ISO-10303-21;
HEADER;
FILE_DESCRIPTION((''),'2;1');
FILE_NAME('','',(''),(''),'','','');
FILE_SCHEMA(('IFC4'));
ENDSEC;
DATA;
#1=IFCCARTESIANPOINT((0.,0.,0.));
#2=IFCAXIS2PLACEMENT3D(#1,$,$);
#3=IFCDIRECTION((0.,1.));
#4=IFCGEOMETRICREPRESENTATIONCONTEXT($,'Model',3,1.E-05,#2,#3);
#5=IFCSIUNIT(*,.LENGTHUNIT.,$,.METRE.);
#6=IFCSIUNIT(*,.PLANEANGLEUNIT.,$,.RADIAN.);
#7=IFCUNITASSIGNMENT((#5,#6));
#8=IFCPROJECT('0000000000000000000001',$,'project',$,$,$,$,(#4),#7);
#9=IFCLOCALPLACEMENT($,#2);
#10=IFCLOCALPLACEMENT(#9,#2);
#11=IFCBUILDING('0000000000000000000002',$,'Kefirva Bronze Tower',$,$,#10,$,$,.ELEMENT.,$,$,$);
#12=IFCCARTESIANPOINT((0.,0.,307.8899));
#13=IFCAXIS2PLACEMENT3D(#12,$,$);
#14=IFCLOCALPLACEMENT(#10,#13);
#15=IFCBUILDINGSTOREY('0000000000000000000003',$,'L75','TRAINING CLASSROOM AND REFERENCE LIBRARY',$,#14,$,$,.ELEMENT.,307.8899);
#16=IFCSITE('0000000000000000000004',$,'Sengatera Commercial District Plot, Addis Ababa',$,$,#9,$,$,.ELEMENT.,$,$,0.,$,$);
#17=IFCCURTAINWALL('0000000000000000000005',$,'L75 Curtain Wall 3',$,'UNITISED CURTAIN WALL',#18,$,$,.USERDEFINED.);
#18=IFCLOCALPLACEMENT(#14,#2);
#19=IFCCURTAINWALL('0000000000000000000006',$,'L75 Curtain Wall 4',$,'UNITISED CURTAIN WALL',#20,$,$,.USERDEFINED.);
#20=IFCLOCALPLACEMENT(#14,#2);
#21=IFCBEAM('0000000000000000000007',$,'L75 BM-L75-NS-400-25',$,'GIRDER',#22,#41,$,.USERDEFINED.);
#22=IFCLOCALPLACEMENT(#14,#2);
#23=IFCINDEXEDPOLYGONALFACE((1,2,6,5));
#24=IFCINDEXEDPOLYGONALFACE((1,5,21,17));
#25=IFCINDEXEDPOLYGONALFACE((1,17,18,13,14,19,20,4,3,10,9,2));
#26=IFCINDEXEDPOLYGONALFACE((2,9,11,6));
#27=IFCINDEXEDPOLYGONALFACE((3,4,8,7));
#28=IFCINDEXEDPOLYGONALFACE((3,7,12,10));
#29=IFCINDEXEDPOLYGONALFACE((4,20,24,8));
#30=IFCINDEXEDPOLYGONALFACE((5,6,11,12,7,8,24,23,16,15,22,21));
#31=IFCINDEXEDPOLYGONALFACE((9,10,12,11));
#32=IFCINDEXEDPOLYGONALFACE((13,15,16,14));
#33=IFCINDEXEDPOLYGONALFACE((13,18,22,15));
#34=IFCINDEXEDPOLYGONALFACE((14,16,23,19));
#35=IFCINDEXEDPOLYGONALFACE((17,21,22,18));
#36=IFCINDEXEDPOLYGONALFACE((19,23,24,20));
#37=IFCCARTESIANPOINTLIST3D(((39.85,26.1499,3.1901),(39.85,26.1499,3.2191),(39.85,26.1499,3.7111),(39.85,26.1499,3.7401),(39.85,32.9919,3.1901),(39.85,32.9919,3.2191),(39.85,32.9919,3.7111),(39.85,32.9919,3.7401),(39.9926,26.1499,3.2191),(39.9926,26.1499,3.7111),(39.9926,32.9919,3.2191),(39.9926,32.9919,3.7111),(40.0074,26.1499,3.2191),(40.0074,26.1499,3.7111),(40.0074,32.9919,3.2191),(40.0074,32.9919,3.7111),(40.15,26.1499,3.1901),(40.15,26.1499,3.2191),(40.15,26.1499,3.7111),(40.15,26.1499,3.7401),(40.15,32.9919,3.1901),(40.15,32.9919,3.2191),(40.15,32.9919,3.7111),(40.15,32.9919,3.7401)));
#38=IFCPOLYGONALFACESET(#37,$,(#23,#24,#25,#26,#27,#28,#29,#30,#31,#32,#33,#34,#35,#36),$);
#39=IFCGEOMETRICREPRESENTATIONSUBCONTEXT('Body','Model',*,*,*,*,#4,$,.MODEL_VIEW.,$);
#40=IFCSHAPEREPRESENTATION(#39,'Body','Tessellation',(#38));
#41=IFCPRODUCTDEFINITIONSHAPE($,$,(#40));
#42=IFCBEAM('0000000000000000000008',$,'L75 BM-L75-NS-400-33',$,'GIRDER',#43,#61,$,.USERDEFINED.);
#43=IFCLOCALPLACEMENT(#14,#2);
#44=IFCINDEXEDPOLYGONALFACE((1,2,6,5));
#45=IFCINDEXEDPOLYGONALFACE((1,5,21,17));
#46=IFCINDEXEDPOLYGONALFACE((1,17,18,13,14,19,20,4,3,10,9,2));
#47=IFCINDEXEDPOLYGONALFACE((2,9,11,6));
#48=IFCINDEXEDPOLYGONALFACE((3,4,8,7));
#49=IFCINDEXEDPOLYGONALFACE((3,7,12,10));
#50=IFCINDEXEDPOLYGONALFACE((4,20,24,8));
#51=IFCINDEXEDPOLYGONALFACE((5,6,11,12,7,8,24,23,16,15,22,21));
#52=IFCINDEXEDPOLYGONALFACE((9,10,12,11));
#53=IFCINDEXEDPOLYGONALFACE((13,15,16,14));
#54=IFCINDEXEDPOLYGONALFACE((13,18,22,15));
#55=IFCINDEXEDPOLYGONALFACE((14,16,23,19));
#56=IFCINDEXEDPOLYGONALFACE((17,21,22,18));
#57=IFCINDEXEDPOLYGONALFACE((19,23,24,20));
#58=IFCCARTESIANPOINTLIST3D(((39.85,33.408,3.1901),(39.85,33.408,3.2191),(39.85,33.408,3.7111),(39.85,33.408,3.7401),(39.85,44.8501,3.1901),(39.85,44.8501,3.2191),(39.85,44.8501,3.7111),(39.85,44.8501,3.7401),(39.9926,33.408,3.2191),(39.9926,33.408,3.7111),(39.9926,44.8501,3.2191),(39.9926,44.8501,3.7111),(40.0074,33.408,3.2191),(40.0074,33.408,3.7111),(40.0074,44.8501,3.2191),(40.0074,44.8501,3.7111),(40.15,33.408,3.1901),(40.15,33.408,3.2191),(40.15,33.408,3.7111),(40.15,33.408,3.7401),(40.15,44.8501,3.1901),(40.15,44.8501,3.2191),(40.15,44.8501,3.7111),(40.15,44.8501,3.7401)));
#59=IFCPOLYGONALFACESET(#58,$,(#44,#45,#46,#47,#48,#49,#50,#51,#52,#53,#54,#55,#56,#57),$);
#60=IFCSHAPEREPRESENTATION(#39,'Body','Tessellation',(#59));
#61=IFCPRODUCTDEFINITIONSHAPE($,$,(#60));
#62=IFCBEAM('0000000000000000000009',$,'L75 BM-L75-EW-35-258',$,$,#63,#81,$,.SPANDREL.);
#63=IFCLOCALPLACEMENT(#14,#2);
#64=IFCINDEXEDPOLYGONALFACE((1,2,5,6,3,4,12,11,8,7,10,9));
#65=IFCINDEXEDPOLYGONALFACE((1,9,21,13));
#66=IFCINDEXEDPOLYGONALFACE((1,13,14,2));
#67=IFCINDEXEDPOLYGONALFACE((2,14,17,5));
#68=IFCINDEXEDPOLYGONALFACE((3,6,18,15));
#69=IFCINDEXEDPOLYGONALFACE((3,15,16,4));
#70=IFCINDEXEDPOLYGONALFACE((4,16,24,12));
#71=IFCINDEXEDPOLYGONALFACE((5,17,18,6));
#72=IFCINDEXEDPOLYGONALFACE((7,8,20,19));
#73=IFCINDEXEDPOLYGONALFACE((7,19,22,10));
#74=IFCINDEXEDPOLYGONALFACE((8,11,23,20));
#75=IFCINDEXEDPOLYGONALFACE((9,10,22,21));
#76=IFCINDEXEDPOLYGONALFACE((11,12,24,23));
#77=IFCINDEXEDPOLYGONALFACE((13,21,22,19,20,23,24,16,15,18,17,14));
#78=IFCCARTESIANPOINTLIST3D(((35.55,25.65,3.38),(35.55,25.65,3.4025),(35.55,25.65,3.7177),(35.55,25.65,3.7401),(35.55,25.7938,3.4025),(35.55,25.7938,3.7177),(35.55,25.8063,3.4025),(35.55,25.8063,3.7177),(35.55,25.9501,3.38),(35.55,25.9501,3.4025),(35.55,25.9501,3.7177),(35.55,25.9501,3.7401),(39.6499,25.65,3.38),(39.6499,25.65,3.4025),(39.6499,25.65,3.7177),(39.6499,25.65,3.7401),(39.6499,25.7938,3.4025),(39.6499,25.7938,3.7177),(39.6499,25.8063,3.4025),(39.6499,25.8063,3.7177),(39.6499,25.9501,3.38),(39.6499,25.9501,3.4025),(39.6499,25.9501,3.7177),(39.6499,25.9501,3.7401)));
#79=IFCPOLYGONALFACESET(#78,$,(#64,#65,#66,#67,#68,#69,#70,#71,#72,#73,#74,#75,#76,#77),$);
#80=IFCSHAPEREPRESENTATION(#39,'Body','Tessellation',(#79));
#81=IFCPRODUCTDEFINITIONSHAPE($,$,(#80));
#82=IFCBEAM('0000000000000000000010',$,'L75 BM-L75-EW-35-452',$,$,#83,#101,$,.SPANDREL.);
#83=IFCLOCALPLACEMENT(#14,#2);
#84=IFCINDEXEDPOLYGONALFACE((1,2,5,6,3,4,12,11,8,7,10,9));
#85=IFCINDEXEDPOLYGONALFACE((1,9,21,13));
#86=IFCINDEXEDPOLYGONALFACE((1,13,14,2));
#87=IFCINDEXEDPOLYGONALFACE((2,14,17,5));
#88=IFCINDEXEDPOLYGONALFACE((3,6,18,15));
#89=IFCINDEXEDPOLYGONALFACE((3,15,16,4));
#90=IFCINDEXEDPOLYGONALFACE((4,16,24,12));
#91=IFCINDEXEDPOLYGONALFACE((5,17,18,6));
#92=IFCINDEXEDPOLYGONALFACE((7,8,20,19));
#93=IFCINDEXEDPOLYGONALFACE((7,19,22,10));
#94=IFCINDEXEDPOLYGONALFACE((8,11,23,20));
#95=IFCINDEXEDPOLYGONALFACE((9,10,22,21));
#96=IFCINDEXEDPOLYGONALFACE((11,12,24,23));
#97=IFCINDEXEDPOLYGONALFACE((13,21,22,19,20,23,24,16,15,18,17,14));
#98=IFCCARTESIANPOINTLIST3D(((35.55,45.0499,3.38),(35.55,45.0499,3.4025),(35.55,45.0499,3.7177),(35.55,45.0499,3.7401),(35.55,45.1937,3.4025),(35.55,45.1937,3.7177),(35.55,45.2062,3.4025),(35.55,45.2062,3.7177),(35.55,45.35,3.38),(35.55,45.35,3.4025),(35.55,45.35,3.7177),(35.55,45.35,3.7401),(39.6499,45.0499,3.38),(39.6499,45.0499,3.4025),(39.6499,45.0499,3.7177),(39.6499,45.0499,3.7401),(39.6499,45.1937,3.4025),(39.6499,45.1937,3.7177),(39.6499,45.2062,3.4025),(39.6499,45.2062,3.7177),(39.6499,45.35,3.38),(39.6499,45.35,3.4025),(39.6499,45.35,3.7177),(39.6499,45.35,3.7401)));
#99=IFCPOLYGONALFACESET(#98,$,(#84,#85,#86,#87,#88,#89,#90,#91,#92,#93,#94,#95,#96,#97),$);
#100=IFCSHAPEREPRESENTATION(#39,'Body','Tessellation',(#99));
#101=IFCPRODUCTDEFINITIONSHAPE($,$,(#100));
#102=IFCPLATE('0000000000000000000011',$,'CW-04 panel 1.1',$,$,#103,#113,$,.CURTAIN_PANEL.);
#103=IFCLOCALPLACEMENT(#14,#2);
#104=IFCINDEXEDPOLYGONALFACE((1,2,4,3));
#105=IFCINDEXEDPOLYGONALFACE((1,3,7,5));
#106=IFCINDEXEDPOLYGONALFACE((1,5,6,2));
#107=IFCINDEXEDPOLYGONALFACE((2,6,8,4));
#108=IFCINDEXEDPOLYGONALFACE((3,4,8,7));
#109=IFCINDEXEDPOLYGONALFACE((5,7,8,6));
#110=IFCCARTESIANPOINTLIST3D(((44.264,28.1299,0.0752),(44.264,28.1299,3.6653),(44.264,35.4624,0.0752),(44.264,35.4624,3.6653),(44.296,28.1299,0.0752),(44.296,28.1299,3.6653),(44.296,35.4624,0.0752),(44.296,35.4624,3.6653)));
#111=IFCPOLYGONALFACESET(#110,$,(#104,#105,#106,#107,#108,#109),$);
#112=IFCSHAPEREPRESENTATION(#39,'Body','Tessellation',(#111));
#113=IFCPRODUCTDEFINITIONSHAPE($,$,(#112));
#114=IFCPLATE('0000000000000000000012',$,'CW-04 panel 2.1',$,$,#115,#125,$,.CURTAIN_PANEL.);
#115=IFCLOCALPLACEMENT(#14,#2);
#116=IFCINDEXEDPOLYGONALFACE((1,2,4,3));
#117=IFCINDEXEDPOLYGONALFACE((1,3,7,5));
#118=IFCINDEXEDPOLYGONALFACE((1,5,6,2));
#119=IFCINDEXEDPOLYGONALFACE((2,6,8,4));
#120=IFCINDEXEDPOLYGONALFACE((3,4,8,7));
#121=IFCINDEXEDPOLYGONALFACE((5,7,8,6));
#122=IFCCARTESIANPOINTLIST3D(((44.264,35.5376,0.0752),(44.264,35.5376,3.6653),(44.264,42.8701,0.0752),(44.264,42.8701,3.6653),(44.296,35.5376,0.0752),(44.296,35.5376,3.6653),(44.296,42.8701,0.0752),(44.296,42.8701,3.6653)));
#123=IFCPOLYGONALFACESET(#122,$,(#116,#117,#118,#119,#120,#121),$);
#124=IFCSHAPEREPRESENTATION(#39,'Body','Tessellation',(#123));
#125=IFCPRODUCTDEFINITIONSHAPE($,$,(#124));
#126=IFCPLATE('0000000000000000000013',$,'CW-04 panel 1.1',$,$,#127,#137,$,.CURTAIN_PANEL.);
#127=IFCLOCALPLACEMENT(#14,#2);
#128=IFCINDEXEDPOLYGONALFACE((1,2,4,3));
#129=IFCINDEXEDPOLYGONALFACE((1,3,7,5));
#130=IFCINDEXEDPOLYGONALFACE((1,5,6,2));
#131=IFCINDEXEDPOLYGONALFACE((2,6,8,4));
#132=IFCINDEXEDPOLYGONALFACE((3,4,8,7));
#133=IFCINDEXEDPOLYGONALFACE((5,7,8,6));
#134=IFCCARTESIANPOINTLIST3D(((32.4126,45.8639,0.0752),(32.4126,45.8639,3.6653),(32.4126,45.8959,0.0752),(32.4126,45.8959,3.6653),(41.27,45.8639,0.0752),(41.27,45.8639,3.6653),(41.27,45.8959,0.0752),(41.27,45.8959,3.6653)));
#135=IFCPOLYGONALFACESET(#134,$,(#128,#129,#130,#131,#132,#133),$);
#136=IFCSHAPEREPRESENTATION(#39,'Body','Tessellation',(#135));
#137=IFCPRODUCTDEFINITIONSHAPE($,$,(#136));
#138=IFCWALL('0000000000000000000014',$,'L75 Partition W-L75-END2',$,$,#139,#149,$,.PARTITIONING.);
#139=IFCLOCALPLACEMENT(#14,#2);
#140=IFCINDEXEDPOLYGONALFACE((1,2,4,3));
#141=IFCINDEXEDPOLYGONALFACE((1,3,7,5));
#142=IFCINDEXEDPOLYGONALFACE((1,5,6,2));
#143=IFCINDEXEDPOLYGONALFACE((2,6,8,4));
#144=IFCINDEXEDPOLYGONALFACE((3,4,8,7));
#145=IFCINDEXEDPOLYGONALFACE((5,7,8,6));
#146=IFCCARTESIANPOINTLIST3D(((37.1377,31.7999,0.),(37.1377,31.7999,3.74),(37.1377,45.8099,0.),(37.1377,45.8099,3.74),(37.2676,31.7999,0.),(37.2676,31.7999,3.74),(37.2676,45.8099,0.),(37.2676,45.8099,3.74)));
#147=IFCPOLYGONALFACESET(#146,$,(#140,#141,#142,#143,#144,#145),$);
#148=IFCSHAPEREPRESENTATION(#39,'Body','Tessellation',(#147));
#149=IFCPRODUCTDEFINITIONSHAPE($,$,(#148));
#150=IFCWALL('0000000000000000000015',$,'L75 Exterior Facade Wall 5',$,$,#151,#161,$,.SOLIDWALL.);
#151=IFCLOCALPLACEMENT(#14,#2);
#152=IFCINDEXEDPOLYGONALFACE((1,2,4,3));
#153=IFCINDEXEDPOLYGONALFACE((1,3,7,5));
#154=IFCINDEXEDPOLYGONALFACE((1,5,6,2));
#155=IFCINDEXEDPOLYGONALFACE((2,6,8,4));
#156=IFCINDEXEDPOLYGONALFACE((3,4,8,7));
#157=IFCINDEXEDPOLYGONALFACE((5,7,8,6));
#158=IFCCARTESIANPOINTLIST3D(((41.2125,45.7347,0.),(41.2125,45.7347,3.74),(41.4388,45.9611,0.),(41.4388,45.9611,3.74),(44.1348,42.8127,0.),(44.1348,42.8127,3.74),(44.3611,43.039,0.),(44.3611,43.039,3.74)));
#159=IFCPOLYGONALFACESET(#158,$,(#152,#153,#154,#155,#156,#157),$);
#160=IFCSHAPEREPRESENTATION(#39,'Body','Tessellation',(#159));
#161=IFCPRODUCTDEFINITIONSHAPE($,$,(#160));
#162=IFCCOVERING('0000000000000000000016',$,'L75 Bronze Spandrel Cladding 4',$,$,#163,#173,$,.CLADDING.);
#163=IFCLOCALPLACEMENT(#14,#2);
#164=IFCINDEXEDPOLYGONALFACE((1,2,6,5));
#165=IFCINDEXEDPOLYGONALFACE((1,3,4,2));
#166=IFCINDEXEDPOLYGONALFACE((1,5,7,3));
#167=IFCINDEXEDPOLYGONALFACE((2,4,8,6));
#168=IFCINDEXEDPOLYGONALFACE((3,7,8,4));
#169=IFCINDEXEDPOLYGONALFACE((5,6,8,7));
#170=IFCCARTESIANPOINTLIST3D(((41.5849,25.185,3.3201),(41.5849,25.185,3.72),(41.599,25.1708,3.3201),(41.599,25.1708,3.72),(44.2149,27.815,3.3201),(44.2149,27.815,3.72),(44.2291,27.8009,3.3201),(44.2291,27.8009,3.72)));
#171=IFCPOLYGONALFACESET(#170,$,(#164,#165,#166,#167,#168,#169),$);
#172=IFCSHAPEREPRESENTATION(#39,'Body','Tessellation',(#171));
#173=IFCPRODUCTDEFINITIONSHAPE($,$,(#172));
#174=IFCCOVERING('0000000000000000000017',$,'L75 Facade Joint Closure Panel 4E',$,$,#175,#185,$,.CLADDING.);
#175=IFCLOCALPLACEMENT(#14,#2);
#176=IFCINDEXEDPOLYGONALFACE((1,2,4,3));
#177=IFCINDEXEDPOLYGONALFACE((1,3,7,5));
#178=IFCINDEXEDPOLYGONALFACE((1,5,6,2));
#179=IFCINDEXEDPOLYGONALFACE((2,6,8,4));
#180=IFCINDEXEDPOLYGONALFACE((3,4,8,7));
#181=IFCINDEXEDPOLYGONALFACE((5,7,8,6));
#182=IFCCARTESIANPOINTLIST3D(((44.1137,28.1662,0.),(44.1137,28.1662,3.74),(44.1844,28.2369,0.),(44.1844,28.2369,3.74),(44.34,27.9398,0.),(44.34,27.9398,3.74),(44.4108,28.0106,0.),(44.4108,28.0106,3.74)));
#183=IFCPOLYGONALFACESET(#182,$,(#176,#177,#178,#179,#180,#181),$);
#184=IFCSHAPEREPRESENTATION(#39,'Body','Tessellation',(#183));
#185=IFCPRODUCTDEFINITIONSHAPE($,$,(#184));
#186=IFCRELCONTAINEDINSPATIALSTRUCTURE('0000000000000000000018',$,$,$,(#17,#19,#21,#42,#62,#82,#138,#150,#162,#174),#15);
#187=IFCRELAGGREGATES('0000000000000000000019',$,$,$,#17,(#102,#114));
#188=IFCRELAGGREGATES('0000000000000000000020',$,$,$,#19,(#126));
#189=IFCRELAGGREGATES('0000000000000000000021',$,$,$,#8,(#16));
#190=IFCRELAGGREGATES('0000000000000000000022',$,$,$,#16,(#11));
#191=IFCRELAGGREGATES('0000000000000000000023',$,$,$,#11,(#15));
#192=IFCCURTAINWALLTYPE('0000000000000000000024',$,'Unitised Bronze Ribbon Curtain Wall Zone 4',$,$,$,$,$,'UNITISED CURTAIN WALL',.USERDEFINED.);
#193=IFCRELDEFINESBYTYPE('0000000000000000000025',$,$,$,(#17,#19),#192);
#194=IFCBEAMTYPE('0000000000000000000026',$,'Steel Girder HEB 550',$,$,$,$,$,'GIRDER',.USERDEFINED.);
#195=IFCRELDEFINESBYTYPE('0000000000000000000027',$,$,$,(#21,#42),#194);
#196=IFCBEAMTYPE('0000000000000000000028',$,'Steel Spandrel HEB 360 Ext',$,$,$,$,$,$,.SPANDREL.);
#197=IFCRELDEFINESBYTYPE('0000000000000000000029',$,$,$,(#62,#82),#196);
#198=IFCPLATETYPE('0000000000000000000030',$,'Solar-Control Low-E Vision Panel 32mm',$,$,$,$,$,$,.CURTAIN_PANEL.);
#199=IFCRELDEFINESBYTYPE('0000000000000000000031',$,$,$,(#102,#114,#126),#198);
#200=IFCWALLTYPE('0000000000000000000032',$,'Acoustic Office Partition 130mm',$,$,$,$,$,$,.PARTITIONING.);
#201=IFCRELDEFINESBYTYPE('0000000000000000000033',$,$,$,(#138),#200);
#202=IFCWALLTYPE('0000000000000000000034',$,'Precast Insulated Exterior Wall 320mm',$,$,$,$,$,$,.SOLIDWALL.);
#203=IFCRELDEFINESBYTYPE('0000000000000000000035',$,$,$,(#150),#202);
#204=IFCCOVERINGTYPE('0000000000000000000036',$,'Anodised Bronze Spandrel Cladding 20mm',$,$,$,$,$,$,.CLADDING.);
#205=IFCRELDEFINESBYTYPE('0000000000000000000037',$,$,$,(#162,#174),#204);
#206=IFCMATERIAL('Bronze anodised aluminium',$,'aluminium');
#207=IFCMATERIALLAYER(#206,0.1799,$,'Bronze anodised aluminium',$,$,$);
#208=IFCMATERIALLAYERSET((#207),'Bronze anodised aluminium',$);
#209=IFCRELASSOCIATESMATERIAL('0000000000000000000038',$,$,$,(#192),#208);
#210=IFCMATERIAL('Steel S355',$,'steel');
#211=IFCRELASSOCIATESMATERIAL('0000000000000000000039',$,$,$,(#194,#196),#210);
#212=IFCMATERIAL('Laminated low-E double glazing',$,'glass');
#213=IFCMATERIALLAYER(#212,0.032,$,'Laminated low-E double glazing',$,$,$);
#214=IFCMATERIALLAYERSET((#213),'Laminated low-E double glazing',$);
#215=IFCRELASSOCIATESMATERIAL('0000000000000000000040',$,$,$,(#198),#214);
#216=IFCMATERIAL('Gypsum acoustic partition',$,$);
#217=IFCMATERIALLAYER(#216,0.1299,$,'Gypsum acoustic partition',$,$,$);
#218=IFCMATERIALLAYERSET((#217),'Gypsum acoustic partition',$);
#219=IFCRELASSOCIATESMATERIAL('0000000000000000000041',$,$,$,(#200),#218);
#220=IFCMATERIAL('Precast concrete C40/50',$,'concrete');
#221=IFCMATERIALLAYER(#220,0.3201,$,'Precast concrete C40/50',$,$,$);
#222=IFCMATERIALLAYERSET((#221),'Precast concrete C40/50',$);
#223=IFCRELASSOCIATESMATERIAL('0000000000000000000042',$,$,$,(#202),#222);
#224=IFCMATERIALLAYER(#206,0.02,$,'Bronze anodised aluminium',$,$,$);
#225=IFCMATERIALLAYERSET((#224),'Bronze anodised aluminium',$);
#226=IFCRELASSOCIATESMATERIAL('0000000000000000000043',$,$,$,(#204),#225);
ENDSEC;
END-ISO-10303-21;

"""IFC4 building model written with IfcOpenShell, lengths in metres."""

from ifc_helpers import new_model, si_unit, direction, frame, frame_2d, origin, origin_2d, place, context, subcontext, project, spatial, rectangle, i_section, extrude, material, layer, layer_set, material_profile, profile_set, type_object, element, aggregate, save


model = new_model("IFC4")

# Units and contexts
model_context = context("Model", 3, precision=1e-05, world=origin(), true_north=direction((0.0, 1.0)))
body_context = subcontext(model_context, "Body", "Model", "MODEL_VIEW")
ifc_project = project(units=[si_unit("LENGTHUNIT", "METRE"), si_unit("PLANEANGLEUNIT", "RADIAN")], contexts=[model_context])

# Site, building, storey
site_placement = place(None, origin())
site = spatial("IfcSite", under=ifc_project, at=site_placement, Name="Sengatera Commercial District Plot, Addis Ababa", CompositionType="ELEMENT", RefElevation=0.0)
building_placement = place(site_placement, origin())
building = spatial("IfcBuilding", under=site, at=building_placement, Name="Kefirva Bronze Tower", CompositionType="ELEMENT")
storey_placement = place(building_placement, frame((0.0, 0.0, 307.8899)))
storey = spatial("IfcBuildingStorey", under=building, at=storey_placement, Name="L75", Description="TRAINING CLASSROOM AND REFERENCE LIBRARY", CompositionType="ELEMENT", Elevation=307.8899)

# Curtain wall
ifc_material_1 = material(Name="Bronze anodised aluminium", Category="aluminium")
ifc_layer_1 = layer(ifc_material_1, 0.1799, Name="Bronze anodised aluminium")
ifc_layer_set_1 = layer_set([ifc_layer_1], Name="Bronze anodised aluminium")
curtain_wall_type = type_object("IfcCurtainWallType", Name="Unitised Bronze Ribbon Curtain Wall Zone 4", ElementType="UNITISED CURTAIN WALL", PredefinedType="USERDEFINED", material=ifc_layer_set_1)
curtain_wall_1_placement = place(storey_placement, origin())
curtain_wall_1 = element("IfcCurtainWall", 1, at=curtain_wall_1_placement, inside=storey, type_object=curtain_wall_type, Name="L75 Curtain Wall 3", ObjectType="UNITISED CURTAIN WALL", PredefinedType="USERDEFINED")

# Curtain wall
curtain_wall_2_placement = place(storey_placement, origin())
curtain_wall_2 = element("IfcCurtainWall", 2, at=curtain_wall_2_placement, inside=storey, type_object=curtain_wall_type, Name="L75 Curtain Wall 4", ObjectType="UNITISED CURTAIN WALL", PredefinedType="USERDEFINED")

# Beams
ifc_material_2 = material(Name="Steel S355", Category="steel")
ifc_material_profile_1 = material_profile(ifc_material_2, i_section(OverallWidth=0.3, OverallDepth=0.55, WebThickness=0.0149, FlangeThickness=0.0291, at=origin_2d()), Name="HEB 550")
ifc_profile_set_1 = profile_set([ifc_material_profile_1], Name="Steel S355")
beam_type_1 = type_object("IfcBeamType", Name="Steel Girder HEB 550", ElementType="GIRDER", PredefinedType="USERDEFINED", material=ifc_profile_set_1)
beam_1_placement = place(storey_placement, frame((40.0, 26.1499, 3.4651), z_axis=(0.0, 1.0, 0.0), x_axis=(-1.0, 0.0, 0.0)))
element("IfcBeam", 3, at=beam_1_placement, inside=storey, type_object=beam_type_1, Name="L75 BM-L75-NS-400-25", ObjectType="GIRDER", PredefinedType="USERDEFINED", context=body_context, shape_type="SweptSolid", body=[
    extrude(i_section(OverallWidth=0.3, OverallDepth=0.55, WebThickness=0.0149, FlangeThickness=0.0291, at=origin_2d()), origin(), (0.0, 0.0, 1.0), 6.842),
])
beam_2_placement = place(storey_placement, frame((40.0, 33.408, 3.4651), z_axis=(0.0, 1.0, 0.0), x_axis=(-1.0, 0.0, 0.0)))
element("IfcBeam", 4, at=beam_2_placement, inside=storey, type_object=beam_type_1, Name="L75 BM-L75-NS-400-33", ObjectType="GIRDER", PredefinedType="USERDEFINED", context=body_context, shape_type="SweptSolid", body=[
    extrude(i_section(OverallWidth=0.3, OverallDepth=0.55, WebThickness=0.0149, FlangeThickness=0.0291, at=origin_2d()), origin(), (0.0, 0.0, 1.0), 11.4421),
])
ifc_material_profile_2 = material_profile(ifc_material_2, i_section(OverallWidth=0.3, OverallDepth=0.3601, WebThickness=0.0125, FlangeThickness=0.0225, at=origin_2d()), Name="HEB 360")
ifc_profile_set_2 = profile_set([ifc_material_profile_2], Name="Steel S355")
beam_type_2 = type_object("IfcBeamType", Name="Steel Spandrel HEB 360 Ext", PredefinedType="SPANDREL", material=ifc_profile_set_2)
for number, where, z_axis, x_axis, name in (
    (5, (35.55, 25.8, 3.5601), (1.0, 0.0, 0.0), (0.0, 1.0, 0.0), "L75 BM-L75-EW-35-258"),
    (6, (35.55, 45.2, 3.5601), (1.0, 0.0, 0.0), (0.0, 1.0, 0.0), "L75 BM-L75-EW-35-452"),
):
    element("IfcBeam", number, at=place(storey_placement, frame(where, z_axis=z_axis, x_axis=x_axis)), inside=storey, type_object=beam_type_2, Name=name, PredefinedType="SPANDREL", context=body_context, shape_type="SweptSolid", body=[
        extrude(i_section(OverallWidth=0.3, OverallDepth=0.3601, WebThickness=0.0125, FlangeThickness=0.0225, at=origin_2d()), origin(), (0.0, 0.0, 1.0), 4.0999),
    ])

# Plates
ifc_material_3 = material(Name="Laminated low-E double glazing", Category="glass")
ifc_layer_2 = layer(ifc_material_3, 0.032, Name="Laminated low-E double glazing")
ifc_layer_set_2 = layer_set([ifc_layer_2], Name="Laminated low-E double glazing")
plate_type = type_object("IfcPlateType", Name="Solar-Control Low-E Vision Panel 32mm", PredefinedType="CURTAIN_PANEL", material=ifc_layer_set_2)
plate_1_placement = place(storey_placement, frame((44.28, 31.7961, 0.0752), z_axis=(0.0, 0.0, 1.0), x_axis=(0.0, 1.0, 0.0)))
plate_1 = element("IfcPlate", 7, at=plate_1_placement, type_object=plate_type, Name="CW-04 panel 1.1", PredefinedType="CURTAIN_PANEL", context=body_context, shape_type="SweptSolid", body=[
    extrude(rectangle(XDim=7.3325, YDim=0.032, at=origin_2d()), origin(), (0.0, 0.0, 1.0), 3.5901),
])
plate_2_placement = place(storey_placement, frame((44.28, 39.2039, 0.0752), z_axis=(0.0, 0.0, 1.0), x_axis=(0.0, 1.0, 0.0)))
plate_2 = element("IfcPlate", 8, at=plate_2_placement, type_object=plate_type, Name="CW-04 panel 2.1", PredefinedType="CURTAIN_PANEL", context=body_context, shape_type="SweptSolid", body=[
    extrude(rectangle(XDim=7.3325, YDim=0.032, at=origin_2d()), origin(), (0.0, 0.0, 1.0), 3.5901),
])
aggregate(curtain_wall_1, [plate_1, plate_2])
plate_3_placement = place(storey_placement, frame((36.8413, 45.8799, 0.0752), z_axis=(0.0, 0.0, 1.0), x_axis=(-1.0, 0.0, 0.0)))
plate_3 = element("IfcPlate", 9, at=plate_3_placement, type_object=plate_type, Name="CW-04 panel 1.1", PredefinedType="CURTAIN_PANEL", context=body_context, shape_type="SweptSolid", body=[
    extrude(rectangle(XDim=8.8574, YDim=0.032, at=origin_2d()), origin(), (0.0, 0.0, 1.0), 3.5901),
])
aggregate(curtain_wall_2, [plate_3])

# Walls
ifc_material_4 = material(Name="Gypsum acoustic partition")
ifc_layer_3 = layer(ifc_material_4, 0.1299, Name="Gypsum acoustic partition")
ifc_layer_set_3 = layer_set([ifc_layer_3], Name="Gypsum acoustic partition")
wall_type_1 = type_object("IfcWallType", Name="Acoustic Office Partition 130mm", PredefinedType="PARTITIONING", material=ifc_layer_set_3)
wall_1_placement = place(storey_placement, frame((37.2026, 31.8, 0.0), z_axis=(0.0, 0.0, 1.0), x_axis=(0.0, 1.0, 0.0)))
element("IfcWall", 10, at=wall_1_placement, inside=storey, type_object=wall_type_1, Name="L75 Partition W-L75-END2", PredefinedType="PARTITIONING", context=body_context, shape_type="SweptSolid", body=[
    extrude(rectangle(XDim=14.01, YDim=0.1299, at=frame_2d((7.0049, 0.0))), origin(), (0.0, 0.0, 1.0), 3.74),
])
ifc_material_5 = material(Name="Precast concrete C40/50", Category="concrete")
ifc_layer_4 = layer(ifc_material_5, 0.3201, Name="Precast concrete C40/50")
ifc_layer_set_4 = layer_set([ifc_layer_4], Name="Precast concrete C40/50")
wall_type_2 = type_object("IfcWallType", Name="Precast Insulated Exterior Wall 320mm", PredefinedType="SOLIDWALL", material=ifc_layer_set_4)
wall_2_placement = place(storey_placement, frame((44.248, 42.9258, 0.0), z_axis=(0.0, 0.0, 1.0), x_axis=(-0.707136, 0.707077, 0.0)))
element("IfcWall", 11, at=wall_2_placement, inside=storey, type_object=wall_type_2, Name="L75 Exterior Facade Wall 5", PredefinedType="SOLIDWALL", context=body_context, shape_type="SweptSolid", body=[
    extrude(rectangle(XDim=4.1326, YDim=0.3201, at=frame_2d((2.0664, 0.0))), origin(), (0.0, 0.0, 1.0), 3.74),
])

# Coverings
ifc_layer_5 = layer(ifc_material_1, 0.02, Name="Bronze anodised aluminium")
ifc_layer_set_5 = layer_set([ifc_layer_5], Name="Bronze anodised aluminium")
covering_type_1 = type_object("IfcCoveringType", Name="Anodised Bronze Spandrel Cladding 20mm", PredefinedType="CLADDING", material=ifc_layer_set_5)
covering_1_placement = place(storey_placement, frame((42.907, 26.4929, 3.3201), z_axis=(0.0, 0.0, 1.0), x_axis=(0.707107, 0.707107, 0.0)))
element("IfcCovering", 12, at=covering_1_placement, inside=storey, type_object=covering_type_1, Name="L75 Bronze Spandrel Cladding 4", PredefinedType="CLADDING", context=body_context, shape_type="SweptSolid", body=[
    extrude(rectangle(XDim=3.7195, YDim=0.02, at=origin_2d()), origin(), (0.0, 0.0, 1.0), 0.3999),
])
covering_2_placement = place(storey_placement, frame((44.2622, 28.0884, 0.0), z_axis=(0.0, 0.0, 1.0), x_axis=(0.707107, 0.707107, 0.0)))
element("IfcCovering", 13, at=covering_2_placement, inside=storey, type_object=covering_type_1, Name="L75 Facade Joint Closure Panel 4E", PredefinedType="CLADDING", context=body_context, shape_type="SweptSolid", body=[
    extrude(rectangle(XDim=0.1001, YDim=0.3201, at=origin_2d()), origin(), (0.0, 0.0, 1.0), 3.74),
])

save(model, "model.ifc")
